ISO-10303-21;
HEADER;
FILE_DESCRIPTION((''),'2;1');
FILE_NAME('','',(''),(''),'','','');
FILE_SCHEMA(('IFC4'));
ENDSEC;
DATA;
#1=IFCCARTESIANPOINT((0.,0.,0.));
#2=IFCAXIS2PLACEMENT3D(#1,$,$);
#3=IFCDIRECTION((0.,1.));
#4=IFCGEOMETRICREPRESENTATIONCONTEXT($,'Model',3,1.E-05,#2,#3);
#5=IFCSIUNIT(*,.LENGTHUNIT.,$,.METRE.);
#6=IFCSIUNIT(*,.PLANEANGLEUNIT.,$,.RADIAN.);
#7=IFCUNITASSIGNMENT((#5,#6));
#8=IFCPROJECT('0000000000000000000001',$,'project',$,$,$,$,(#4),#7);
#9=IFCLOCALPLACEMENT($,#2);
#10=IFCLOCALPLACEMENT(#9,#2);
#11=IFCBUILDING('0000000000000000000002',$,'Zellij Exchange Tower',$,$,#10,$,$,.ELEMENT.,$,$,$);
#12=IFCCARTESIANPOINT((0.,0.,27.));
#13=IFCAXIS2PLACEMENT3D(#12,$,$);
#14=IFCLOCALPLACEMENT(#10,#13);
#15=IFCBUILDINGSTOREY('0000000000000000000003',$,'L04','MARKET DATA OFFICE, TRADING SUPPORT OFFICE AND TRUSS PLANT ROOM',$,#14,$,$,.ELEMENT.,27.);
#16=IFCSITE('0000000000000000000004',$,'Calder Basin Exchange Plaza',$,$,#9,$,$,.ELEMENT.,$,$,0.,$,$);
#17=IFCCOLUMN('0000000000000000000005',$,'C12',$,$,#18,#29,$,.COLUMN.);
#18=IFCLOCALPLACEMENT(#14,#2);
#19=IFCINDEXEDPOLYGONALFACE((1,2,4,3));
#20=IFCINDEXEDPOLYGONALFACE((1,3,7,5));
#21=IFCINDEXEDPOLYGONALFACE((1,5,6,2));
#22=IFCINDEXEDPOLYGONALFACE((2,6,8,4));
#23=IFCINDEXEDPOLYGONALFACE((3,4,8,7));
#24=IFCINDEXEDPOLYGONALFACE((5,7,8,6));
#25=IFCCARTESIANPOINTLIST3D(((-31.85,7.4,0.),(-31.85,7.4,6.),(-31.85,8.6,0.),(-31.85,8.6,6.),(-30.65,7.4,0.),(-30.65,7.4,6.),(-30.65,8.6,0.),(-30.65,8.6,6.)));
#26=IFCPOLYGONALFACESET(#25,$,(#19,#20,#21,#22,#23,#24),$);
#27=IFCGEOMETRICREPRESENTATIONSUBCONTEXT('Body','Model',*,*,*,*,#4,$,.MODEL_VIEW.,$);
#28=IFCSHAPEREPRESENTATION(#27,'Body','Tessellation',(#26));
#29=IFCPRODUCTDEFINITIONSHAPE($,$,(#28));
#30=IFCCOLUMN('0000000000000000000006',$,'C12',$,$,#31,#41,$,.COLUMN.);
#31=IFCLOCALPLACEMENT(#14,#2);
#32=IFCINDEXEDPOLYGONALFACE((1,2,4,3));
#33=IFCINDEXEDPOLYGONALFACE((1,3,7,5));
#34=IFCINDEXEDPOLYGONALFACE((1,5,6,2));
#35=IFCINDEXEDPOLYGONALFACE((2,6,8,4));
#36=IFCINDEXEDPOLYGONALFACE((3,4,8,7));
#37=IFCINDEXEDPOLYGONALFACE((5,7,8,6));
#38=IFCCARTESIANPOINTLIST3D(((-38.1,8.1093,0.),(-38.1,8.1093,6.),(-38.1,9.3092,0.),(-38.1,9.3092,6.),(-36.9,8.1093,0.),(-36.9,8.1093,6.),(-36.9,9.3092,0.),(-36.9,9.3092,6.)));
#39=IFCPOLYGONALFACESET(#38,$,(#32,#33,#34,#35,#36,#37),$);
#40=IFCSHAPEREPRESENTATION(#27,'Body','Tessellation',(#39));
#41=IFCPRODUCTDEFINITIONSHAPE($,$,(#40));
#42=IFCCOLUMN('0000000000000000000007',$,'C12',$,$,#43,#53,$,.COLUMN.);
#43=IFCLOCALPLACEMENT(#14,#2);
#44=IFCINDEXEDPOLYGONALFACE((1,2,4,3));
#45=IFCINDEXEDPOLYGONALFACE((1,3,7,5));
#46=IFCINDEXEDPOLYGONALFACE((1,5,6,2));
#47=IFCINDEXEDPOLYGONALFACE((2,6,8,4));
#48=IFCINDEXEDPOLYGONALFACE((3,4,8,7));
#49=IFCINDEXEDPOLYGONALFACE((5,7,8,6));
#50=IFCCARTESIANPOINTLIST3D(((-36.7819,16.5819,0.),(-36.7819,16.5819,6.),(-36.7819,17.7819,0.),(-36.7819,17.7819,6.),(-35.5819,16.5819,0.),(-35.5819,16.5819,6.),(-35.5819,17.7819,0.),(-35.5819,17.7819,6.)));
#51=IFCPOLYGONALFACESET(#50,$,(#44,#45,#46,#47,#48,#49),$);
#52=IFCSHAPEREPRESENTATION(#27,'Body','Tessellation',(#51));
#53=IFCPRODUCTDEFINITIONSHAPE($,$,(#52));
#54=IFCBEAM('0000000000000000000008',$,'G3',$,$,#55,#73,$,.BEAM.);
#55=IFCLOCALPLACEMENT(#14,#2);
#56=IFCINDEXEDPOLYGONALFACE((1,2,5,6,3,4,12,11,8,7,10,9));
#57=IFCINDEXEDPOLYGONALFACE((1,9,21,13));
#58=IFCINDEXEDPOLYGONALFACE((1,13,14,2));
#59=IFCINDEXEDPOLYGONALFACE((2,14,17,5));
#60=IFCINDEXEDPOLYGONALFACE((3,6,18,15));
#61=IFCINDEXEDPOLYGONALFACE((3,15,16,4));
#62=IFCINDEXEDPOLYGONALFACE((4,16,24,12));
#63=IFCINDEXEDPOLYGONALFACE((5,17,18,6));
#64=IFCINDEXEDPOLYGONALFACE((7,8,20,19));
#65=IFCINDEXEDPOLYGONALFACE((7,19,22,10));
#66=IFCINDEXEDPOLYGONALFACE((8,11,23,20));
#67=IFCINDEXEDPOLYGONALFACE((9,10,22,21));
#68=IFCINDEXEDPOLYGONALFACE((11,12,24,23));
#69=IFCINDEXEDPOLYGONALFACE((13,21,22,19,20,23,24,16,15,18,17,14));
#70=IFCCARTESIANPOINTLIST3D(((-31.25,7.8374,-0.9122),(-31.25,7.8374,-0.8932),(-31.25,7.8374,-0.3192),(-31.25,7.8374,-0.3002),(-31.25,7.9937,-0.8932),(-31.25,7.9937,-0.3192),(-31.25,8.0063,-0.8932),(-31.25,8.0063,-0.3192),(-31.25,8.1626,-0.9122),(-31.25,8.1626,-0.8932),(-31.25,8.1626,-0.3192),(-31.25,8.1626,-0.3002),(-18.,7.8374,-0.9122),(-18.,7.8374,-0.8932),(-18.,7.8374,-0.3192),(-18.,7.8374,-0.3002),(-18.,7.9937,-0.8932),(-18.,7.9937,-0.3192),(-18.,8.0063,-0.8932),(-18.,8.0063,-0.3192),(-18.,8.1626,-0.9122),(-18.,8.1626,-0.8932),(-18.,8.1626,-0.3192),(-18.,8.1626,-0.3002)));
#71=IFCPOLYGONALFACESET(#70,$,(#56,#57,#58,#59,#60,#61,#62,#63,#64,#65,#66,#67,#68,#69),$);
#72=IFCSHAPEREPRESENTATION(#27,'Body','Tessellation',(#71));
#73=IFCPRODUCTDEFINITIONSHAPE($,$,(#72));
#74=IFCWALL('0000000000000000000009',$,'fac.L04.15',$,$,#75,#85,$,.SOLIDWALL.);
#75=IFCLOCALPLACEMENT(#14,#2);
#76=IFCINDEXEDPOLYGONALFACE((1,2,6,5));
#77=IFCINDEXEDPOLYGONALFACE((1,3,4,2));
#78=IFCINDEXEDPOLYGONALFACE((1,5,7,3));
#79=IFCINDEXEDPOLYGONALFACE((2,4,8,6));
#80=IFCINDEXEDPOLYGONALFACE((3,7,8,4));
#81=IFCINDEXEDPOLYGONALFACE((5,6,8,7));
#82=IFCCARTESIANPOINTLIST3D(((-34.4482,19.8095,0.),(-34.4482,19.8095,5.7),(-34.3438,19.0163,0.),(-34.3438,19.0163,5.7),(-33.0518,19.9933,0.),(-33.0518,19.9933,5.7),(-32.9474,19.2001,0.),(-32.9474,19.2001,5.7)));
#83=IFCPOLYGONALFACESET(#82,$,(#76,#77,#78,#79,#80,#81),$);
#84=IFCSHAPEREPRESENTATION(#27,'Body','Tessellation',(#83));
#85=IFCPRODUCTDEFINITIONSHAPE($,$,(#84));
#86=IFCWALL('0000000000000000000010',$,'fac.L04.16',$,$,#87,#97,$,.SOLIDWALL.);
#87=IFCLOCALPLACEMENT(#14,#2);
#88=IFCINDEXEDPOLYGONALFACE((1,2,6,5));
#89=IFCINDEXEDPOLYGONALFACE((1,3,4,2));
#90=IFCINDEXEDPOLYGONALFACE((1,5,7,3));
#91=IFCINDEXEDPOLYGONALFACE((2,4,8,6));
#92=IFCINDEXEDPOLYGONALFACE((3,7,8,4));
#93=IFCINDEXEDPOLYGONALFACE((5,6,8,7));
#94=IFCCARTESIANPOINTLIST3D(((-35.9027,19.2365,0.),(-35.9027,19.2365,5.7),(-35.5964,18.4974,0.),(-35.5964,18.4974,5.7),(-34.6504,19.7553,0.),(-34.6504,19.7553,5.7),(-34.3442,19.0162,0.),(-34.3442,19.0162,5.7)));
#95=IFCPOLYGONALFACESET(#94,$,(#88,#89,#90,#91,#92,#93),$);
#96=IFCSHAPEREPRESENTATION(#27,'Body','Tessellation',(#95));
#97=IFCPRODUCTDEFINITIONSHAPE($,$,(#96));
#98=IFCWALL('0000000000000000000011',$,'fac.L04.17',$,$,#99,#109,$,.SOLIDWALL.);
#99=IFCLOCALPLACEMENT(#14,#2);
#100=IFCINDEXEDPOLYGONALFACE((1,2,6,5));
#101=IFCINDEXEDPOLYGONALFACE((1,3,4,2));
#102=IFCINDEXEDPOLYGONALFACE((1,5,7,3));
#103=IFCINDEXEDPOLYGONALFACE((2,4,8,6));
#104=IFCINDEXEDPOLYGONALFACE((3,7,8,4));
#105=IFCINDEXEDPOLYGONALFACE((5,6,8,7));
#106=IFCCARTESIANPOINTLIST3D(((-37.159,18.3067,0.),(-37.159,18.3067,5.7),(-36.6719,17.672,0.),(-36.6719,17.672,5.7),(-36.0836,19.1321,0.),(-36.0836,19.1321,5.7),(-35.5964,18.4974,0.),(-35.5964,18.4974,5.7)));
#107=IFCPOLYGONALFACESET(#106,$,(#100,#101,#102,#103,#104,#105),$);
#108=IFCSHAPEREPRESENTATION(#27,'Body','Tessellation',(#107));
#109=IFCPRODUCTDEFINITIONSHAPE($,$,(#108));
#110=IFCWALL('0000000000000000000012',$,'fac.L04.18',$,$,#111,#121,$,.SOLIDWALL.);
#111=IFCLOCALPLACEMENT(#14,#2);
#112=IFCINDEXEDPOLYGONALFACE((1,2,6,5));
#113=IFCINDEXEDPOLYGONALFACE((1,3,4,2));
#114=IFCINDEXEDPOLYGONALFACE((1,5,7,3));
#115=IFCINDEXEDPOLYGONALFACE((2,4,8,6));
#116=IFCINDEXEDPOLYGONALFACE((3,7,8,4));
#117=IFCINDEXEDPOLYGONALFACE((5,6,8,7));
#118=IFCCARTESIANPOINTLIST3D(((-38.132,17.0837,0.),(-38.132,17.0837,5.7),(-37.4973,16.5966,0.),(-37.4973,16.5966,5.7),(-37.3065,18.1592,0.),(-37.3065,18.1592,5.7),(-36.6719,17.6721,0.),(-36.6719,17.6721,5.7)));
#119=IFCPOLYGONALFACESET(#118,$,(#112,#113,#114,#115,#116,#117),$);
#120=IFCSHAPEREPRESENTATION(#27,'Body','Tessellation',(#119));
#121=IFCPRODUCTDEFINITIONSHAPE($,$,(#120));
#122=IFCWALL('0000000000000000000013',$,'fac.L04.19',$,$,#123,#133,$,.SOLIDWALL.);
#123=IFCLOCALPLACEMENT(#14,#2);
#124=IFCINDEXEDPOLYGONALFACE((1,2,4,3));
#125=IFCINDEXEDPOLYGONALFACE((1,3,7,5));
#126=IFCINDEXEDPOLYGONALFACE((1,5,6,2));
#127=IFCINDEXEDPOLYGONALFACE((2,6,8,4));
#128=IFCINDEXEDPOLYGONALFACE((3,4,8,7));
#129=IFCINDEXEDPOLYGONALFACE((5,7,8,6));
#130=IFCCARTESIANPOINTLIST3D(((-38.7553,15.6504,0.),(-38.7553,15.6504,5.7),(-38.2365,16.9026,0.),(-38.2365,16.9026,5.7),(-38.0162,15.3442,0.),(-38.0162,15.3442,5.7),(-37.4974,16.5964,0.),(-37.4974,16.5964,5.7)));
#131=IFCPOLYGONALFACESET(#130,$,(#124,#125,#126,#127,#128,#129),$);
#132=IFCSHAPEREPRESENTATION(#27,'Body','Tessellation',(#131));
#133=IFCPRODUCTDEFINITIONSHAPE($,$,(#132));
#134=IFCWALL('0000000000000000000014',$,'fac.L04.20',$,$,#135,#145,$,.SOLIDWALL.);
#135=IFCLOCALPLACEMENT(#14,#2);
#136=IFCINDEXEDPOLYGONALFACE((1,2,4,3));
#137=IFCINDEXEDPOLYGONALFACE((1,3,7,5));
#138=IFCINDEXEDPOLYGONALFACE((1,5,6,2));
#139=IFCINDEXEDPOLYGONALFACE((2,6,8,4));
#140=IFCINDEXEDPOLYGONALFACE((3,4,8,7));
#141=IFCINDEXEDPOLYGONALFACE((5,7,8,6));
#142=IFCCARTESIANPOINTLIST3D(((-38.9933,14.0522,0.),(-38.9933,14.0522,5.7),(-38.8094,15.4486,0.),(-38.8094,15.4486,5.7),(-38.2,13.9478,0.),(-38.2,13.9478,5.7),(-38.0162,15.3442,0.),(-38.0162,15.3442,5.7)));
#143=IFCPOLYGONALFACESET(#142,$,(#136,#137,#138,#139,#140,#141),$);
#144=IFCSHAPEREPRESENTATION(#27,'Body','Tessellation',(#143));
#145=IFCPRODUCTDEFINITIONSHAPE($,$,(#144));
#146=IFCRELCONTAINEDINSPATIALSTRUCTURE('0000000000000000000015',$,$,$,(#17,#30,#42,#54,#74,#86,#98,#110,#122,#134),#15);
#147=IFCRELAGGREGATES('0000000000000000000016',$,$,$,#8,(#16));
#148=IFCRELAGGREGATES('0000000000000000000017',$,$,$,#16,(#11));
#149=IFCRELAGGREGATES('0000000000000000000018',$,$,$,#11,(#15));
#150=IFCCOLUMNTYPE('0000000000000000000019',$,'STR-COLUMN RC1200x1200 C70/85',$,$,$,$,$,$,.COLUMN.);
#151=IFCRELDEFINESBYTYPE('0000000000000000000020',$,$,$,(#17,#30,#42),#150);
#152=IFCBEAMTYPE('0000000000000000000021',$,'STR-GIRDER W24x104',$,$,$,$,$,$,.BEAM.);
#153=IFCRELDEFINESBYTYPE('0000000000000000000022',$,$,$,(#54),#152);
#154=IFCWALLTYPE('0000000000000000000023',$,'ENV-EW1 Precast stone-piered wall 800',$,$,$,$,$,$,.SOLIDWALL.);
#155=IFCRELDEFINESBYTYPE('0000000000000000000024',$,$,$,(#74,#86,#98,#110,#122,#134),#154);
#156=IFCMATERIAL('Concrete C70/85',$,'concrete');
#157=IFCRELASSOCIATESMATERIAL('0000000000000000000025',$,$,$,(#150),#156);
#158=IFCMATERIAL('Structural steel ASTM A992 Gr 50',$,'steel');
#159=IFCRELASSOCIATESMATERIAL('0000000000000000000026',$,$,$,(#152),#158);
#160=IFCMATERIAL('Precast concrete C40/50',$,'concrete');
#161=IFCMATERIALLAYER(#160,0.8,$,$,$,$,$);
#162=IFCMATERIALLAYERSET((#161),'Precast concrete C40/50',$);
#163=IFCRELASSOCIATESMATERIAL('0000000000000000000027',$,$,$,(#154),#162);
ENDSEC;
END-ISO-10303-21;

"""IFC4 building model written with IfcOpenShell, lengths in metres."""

from ifc_helpers import new_model, si_unit, direction, frame, frame_2d, origin, origin_2d, place, context, subcontext, project, spatial, rectangle, i_section, extrude, material, layer, layer_set, material_profile, profile_set, type_object, element, save


model = new_model("IFC4")

# Units and contexts
model_context = context("Model", 3, precision=1e-05, world=origin(), true_north=direction((0.0, 1.0)))
body_context = subcontext(model_context, "Body", "Model", "MODEL_VIEW")
ifc_project = project(units=[si_unit("LENGTHUNIT", "METRE"), si_unit("PLANEANGLEUNIT", "RADIAN")], contexts=[model_context])

# Site, building, storey
site_placement = place(None, origin())
site = spatial("IfcSite", under=ifc_project, at=site_placement, Name="Calder Basin Exchange Plaza", CompositionType="ELEMENT", RefElevation=0.0)
building_placement = place(site_placement, origin())
building = spatial("IfcBuilding", under=site, at=building_placement, Name="Zellij Exchange Tower", CompositionType="ELEMENT")
storey_placement = place(building_placement, frame((0.0, 0.0, 27.0)))
storey = spatial("IfcBuildingStorey", under=building, at=storey_placement, Name="L04", Description="MARKET DATA OFFICE, TRADING SUPPORT OFFICE AND TRUSS PLANT ROOM", CompositionType="ELEMENT", Elevation=27.0)

# Columns
ifc_material_1 = material(Name="Concrete C70/85", Category="concrete")
ifc_material_profile_1 = material_profile(ifc_material_1, rectangle(XDim=1.2, YDim=1.2, at=origin_2d()), Name="STR-COLUMN RC1200x1200 C70/85")
ifc_profile_set_1 = profile_set([ifc_material_profile_1], Name="Concrete C70/85")
column_type = type_object("IfcColumnType", Name="STR-COLUMN RC1200x1200 C70/85", PredefinedType="COLUMN", material=ifc_profile_set_1)
for number, where, z_axis, x_axis, name in (
    (1, (-31.25, 8.0, 0.0), (0.0, 0.0, 1.0), (1.0, 0.0, 0.0), "C12"),
    (2, (-37.5, 8.7092, 0.0), (0.0, 0.0, 1.0), (1.0, 0.0, 0.0), "C12"),
    (3, (-36.1819, 17.1819, 0.0), (0.0, 0.0, 1.0), (1.0, 0.0, 0.0), "C12"),
):
    element("IfcColumn", number, at=place(storey_placement, frame(where, z_axis=z_axis, x_axis=x_axis)), inside=storey, type_object=column_type, Name=name, PredefinedType="COLUMN", context=body_context, shape_type="SweptSolid", body=[
        extrude(rectangle(XDim=1.2, YDim=1.2, at=origin_2d()), origin(), (0.0, 0.0, 1.0), 6.0),
    ])

# Beam
ifc_material_2 = material(Name="Structural steel ASTM A992 Gr 50", Category="steel")
ifc_material_profile_2 = material_profile(ifc_material_2, i_section(OverallWidth=0.3252, OverallDepth=0.6121, WebThickness=0.0127, FlangeThickness=0.019, at=origin_2d()), Name="W24x104")
ifc_profile_set_2 = profile_set([ifc_material_profile_2], Name="Structural steel ASTM A992 Gr 50")
beam_type = type_object("IfcBeamType", Name="STR-GIRDER W24x104", PredefinedType="BEAM", material=ifc_profile_set_2)
beam_placement = place(storey_placement, frame((-31.25, 8.0, -0.6062), z_axis=(1.0, 0.0, 0.0), x_axis=(0.0, 1.0, 0.0)))
element("IfcBeam", 4, at=beam_placement, inside=storey, type_object=beam_type, Name="G3", PredefinedType="BEAM", context=body_context, shape_type="SweptSolid", body=[
    extrude(i_section(OverallWidth=0.3252, OverallDepth=0.6121, WebThickness=0.0127, FlangeThickness=0.019, at=origin_2d()), origin(), (0.0, 0.0, 1.0), 13.25),
])

# Walls
ifc_material_3 = material(Name="Precast concrete C40/50", Category="concrete")
ifc_layer_1 = layer(ifc_material_3, 0.8)
ifc_layer_set_1 = layer_set([ifc_layer_1], Name="Precast concrete C40/50")
wall_type_1 = type_object("IfcWallType", Name="ENV-EW1 Precast stone-piered wall 800", PredefinedType="SOLIDWALL", material=ifc_layer_set_1)
wall_1_placement = place(storey_placement, frame((-32.9998, 19.5967, 0.0), z_axis=(0.0, 0.0, 1.0), x_axis=(-0.991446, -0.130517, 0.0)))
element("IfcWall", 5, at=wall_1_placement, inside=storey, type_object=wall_type_1, Name="fac.L04.15", PredefinedType="SOLIDWALL", context=body_context, shape_type="SweptSolid", body=[
    extrude(rectangle(XDim=1.4084, YDim=0.8, at=frame_2d((0.7041, 0.0))), origin(), (0.0, 0.0, 1.0), 5.7),
])
wall_2_placement = place(storey_placement, frame((-34.4973, 19.3857, 0.0), z_axis=(0.0, 0.0, 1.0), x_axis=(-0.923848, -0.38276, 0.0)))
element("IfcWall", 6, at=wall_2_placement, inside=storey, type_object=wall_type_1, Name="fac.L04.16", PredefinedType="SOLIDWALL", context=body_context, shape_type="SweptSolid", body=[
    extrude(rectangle(XDim=1.3555, YDim=0.8, at=frame_2d((0.6777, 0.0))), origin(), (0.0, 0.0, 1.0), 5.7),
])
for number, where, z_axis, x_axis, name in (
    (7, (-35.8401, 18.8147, 0.0), (0.0, 0.0, 1.0), (-0.793273, -0.608866, 0.0), "fac.L04.17"),
    (8, (-36.9893, 17.9155, 0.0), (0.0, 0.0, 1.0), (-0.608866, -0.793273, 0.0), "fac.L04.18"),
):
    element("IfcWall", number, at=place(storey_placement, frame(where, z_axis=z_axis, x_axis=x_axis)), inside=storey, type_object=wall_type_1, Name=name, PredefinedType="SOLIDWALL", context=body_context, shape_type="SweptSolid", body=[
        extrude(rectangle(XDim=1.3557, YDim=0.8, at=frame_2d((0.6777, 0.0))), origin(), (0.0, 0.0, 1.0), 5.7),
    ])
wall_3_placement = place(storey_placement, frame((-37.8669, 16.7495, 0.0), z_axis=(0.0, 0.0, 1.0), x_axis=(-0.38276, -0.923848, 0.0)))
element("IfcWall", 9, at=wall_3_placement, inside=storey, type_object=wall_type_1, Name="fac.L04.19", PredefinedType="SOLIDWALL", context=body_context, shape_type="SweptSolid", body=[
    extrude(rectangle(XDim=1.3555, YDim=0.8, at=frame_2d((0.6777, 0.0))), origin(), (0.0, 0.0, 1.0), 5.7),
])
wall_4_placement = place(storey_placement, frame((-38.4128, 15.3962, 0.0), z_axis=(0.0, 0.0, 1.0), x_axis=(-0.130517, -0.991446, 0.0)))
element("IfcWall", 10, at=wall_4_placement, inside=storey, type_object=wall_type_1, Name="fac.L04.20", PredefinedType="SOLIDWALL", context=body_context, shape_type="SweptSolid", body=[
    extrude(rectangle(XDim=1.4084, YDim=0.8, at=frame_2d((0.7041, 0.0))), origin(), (0.0, 0.0, 1.0), 5.7),
])

save(model, "model.ifc")
